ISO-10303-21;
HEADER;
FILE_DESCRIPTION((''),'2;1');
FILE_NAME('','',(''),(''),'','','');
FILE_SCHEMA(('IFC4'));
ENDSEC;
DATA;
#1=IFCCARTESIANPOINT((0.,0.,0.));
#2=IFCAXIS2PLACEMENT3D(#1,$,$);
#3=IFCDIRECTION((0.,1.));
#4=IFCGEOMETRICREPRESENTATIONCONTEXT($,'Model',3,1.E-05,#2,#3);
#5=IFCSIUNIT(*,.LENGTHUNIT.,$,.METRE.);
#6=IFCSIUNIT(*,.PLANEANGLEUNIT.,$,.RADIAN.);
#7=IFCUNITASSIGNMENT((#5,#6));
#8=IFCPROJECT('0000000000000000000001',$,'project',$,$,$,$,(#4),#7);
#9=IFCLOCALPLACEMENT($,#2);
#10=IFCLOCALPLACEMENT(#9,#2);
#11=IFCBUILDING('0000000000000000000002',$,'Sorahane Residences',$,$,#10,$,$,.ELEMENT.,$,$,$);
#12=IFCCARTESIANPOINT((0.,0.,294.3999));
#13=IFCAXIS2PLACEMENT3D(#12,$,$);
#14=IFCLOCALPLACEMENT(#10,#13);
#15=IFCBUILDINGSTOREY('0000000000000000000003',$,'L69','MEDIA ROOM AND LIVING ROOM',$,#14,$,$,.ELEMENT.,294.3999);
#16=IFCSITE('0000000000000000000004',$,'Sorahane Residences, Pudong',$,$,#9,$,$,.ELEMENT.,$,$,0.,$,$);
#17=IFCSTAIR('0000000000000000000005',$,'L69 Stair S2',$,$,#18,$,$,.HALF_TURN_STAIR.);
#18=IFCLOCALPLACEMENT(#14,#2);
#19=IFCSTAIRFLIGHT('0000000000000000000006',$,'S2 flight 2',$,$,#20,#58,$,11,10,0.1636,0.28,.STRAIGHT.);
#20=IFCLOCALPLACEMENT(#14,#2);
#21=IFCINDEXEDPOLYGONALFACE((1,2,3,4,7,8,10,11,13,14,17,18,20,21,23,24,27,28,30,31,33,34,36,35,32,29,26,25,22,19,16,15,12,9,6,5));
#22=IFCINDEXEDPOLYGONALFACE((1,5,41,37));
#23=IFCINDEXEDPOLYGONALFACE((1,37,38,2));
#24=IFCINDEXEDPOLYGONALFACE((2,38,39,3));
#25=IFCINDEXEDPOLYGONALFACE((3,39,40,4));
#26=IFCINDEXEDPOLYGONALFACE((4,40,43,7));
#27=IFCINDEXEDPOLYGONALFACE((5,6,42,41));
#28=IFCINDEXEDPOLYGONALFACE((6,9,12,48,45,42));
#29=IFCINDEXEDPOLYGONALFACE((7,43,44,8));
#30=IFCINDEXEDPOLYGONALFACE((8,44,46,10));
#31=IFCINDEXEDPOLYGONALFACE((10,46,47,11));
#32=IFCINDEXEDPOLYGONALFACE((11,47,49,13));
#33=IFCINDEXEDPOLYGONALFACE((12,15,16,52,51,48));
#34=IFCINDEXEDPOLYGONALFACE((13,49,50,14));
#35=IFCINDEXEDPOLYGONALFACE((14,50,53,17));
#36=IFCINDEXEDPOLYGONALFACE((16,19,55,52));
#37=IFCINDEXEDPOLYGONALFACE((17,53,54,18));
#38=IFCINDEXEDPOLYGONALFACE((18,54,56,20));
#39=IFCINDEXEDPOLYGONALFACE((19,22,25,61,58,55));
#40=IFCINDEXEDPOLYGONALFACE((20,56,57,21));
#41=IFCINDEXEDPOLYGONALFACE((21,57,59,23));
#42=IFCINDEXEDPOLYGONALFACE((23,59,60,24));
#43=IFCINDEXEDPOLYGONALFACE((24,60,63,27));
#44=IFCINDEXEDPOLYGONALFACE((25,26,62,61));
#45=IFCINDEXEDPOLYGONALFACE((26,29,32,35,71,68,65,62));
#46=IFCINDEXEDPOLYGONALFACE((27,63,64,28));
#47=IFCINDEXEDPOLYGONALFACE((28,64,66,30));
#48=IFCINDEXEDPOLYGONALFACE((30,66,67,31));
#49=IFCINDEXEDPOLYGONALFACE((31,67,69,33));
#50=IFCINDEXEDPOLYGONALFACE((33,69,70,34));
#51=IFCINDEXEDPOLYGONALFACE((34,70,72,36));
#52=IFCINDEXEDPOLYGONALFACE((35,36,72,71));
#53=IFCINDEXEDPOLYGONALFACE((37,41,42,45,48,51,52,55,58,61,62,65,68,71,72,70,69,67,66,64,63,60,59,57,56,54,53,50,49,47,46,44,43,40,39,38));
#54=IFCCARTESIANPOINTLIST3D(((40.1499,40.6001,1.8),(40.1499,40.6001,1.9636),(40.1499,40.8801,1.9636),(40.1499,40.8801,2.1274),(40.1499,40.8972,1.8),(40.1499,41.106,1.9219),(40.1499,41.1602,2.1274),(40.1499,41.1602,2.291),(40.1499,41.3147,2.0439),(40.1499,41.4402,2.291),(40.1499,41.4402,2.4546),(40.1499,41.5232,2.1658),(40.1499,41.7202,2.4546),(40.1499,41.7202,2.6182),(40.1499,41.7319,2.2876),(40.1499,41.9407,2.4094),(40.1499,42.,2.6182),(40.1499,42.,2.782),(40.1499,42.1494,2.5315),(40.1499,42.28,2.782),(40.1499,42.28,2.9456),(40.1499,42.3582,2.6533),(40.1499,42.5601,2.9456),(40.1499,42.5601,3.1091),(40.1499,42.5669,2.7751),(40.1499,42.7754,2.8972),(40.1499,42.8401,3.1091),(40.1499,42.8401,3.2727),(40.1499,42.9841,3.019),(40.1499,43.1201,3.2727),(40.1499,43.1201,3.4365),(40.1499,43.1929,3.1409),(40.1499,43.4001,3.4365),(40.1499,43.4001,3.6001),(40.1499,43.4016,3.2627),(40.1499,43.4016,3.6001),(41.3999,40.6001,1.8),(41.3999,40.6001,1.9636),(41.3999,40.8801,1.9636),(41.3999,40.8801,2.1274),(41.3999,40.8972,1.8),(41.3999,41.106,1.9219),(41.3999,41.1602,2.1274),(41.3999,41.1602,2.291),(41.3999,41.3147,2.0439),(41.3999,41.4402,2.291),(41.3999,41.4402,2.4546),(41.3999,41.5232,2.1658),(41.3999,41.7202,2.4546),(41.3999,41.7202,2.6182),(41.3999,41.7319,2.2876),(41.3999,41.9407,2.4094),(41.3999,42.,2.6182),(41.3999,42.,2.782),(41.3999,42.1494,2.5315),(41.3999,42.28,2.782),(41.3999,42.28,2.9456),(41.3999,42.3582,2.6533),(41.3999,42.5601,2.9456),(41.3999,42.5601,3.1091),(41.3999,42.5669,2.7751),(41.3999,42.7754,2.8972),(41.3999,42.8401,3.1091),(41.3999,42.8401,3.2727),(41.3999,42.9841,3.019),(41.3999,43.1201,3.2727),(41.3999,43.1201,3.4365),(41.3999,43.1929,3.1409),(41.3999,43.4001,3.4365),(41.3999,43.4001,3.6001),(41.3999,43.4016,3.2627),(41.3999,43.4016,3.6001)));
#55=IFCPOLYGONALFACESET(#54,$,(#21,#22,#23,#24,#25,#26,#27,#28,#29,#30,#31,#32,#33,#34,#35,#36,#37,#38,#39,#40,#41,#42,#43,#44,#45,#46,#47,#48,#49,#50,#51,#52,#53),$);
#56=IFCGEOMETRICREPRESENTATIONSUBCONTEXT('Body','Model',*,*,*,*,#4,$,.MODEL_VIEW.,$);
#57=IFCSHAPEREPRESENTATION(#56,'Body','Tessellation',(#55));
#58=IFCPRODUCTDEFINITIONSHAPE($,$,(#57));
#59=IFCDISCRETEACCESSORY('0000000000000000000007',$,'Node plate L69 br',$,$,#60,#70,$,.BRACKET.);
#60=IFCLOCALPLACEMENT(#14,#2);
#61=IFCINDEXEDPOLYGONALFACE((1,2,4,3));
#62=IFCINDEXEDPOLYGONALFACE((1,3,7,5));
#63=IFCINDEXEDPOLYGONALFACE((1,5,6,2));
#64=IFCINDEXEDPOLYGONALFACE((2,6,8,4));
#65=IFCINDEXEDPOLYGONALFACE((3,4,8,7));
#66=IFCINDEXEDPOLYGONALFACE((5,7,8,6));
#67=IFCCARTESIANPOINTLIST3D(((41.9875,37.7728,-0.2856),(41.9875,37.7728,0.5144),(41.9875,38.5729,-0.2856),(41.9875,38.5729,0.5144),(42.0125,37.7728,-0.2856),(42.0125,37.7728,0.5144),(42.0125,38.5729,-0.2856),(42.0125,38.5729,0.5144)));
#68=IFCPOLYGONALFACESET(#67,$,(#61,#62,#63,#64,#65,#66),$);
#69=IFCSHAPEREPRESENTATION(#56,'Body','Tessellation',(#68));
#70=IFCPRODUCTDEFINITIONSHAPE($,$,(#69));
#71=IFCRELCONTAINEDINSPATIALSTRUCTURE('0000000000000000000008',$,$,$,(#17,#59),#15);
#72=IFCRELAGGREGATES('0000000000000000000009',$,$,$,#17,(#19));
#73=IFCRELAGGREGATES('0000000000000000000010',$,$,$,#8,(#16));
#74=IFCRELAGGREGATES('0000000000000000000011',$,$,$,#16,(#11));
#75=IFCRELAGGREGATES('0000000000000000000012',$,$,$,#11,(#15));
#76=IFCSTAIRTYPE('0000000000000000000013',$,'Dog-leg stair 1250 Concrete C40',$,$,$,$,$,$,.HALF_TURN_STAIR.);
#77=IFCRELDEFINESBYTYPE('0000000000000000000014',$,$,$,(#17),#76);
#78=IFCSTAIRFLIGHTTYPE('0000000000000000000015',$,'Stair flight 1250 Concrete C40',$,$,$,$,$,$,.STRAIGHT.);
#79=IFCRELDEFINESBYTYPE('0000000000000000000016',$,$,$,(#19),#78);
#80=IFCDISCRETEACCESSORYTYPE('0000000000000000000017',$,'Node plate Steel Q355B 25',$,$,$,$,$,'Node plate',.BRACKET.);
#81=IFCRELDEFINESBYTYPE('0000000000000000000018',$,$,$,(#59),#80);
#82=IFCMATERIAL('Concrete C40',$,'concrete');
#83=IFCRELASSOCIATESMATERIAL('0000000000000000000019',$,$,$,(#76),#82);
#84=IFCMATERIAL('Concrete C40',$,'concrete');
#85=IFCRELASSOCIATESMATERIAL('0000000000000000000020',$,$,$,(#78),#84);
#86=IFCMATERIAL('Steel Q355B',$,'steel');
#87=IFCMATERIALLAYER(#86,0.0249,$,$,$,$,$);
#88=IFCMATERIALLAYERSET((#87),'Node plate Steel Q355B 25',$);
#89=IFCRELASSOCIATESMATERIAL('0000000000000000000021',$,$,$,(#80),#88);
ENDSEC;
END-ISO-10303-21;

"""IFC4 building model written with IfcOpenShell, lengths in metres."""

from ifc_helpers import new_model, si_unit, direction, frame, origin, origin_2d, place, context, subcontext, project, spatial, polyline, rectangle, outline, extrude, material, layer, layer_set, type_object, element, aggregate, save


model = new_model("IFC4")

# Units and contexts
model_context = context("Model", 3, precision=1e-05, world=origin(), true_north=direction((0.0, 1.0)))
body_context = subcontext(model_context, "Body", "Model", "MODEL_VIEW")
ifc_project = project(units=[si_unit("LENGTHUNIT", "METRE"), si_unit("PLANEANGLEUNIT", "RADIAN")], contexts=[model_context])

# Site, building, storey
site_placement = place(None, origin())
site = spatial("IfcSite", under=ifc_project, at=site_placement, Name="Sorahane Residences, Pudong", CompositionType="ELEMENT", RefElevation=0.0)
building_placement = place(site_placement, origin())
building = spatial("IfcBuilding", under=site, at=building_placement, Name="Sorahane Residences", CompositionType="ELEMENT")
storey_placement = place(building_placement, frame((0.0, 0.0, 294.3999)))
storey = spatial("IfcBuildingStorey", under=building, at=storey_placement, Name="L69", Description="MEDIA ROOM AND LIVING ROOM", CompositionType="ELEMENT", Elevation=294.3999)

# Stair, stair flight
ifc_material_1 = material(Name="Concrete C40", Category="concrete")
stair_type = type_object("IfcStairType", Name="Dog-leg stair 1250 Concrete C40", PredefinedType="HALF_TURN_STAIR", material=ifc_material_1)
stair_placement = place(storey_placement, origin())
stair = element("IfcStair", 1, at=stair_placement, inside=storey, type_object=stair_type, Name="L69 Stair S2", PredefinedType="HALF_TURN_STAIR")
ifc_material_2 = material(Name="Concrete C40", Category="concrete")
stair_flight_type = type_object("IfcStairFlightType", Name="Stair flight 1250 Concrete C40", PredefinedType="STRAIGHT", material=ifc_material_2)
stair_flight_placement = place(storey_placement, frame((40.7749, 40.6001, 1.8), z_axis=(0.0, 0.0, 1.0), x_axis=(0.0, 1.0, 0.0)))
stair_flight = element("IfcStairFlight", 2, at=stair_flight_placement, type_object=stair_flight_type, Name="S2 flight 2", NumberOfRisers=11, NumberOfTreads=10, PredefinedType="STRAIGHT", RiserHeight=0.1636, TreadLength=0.28, context=body_context, shape_type="SweptSolid", body=[
    extrude(outline(polyline([(0.0, 0.0), (0.0, 0.1636), (0.28, 0.1636), (0.28, 0.3274), (0.5601, 0.3274), (0.5601, 0.491), (0.8401, 0.491), (0.8401, 0.6545), (1.1201, 0.6545), (1.1201, 0.8181), (1.3999, 0.8181), (1.3999, 0.9819), (1.6799, 0.9819), (1.6799, 1.1455), (1.96, 1.1455), (1.96, 1.3091), (2.24, 1.3091), (2.24, 1.4727), (2.52, 1.4727), (2.52, 1.6365), (2.8, 1.6365), (2.8, 1.8), (2.8015, 1.8), (2.8015, 1.4626), (2.5928, 1.3408), (2.384, 1.219), (2.1753, 1.0972), (1.9668, 0.9751), (1.7581, 0.8533), (1.5493, 0.7314), (1.3406, 0.6094), (1.1318, 0.4875), (0.9231, 0.3657), (0.7146, 0.2439), (0.5059, 0.1218), (0.2971, 0.0), (0.0, 0.0)])), frame((0.0, 0.625, 0.0), z_axis=(0.0, -1.0, 0.0), x_axis=(1.0, 0.0, 0.0)), (0.0, 0.0, 1.0), 1.25),
])
aggregate(stair, [stair_flight])

# Discrete accessory
ifc_material_3 = material(Name="Steel Q355B", Category="steel")
ifc_layer_1 = layer(ifc_material_3, 0.0249)
ifc_layer_set_1 = layer_set([ifc_layer_1], Name="Node plate Steel Q355B 25")
discrete_accessory_type = type_object("IfcDiscreteAccessoryType", Name="Node plate Steel Q355B 25", ElementType="Node plate", PredefinedType="BRACKET", material=ifc_layer_set_1)
discrete_accessory_placement = place(storey_placement, frame((42.0, 38.1729, -0.2856), z_axis=(0.0, 0.0, 1.0), x_axis=(0.0, 1.0, 0.0)))
element("IfcDiscreteAccessory", 3, at=discrete_accessory_placement, inside=storey, type_object=discrete_accessory_type, Name="Node plate L69 br", PredefinedType="BRACKET", context=body_context, shape_type="SweptSolid", body=[
    extrude(rectangle(XDim=0.8, YDim=0.0249, at=origin_2d()), origin(), (0.0, 0.0, 1.0), 0.8),
])

save(model, "model.ifc")
